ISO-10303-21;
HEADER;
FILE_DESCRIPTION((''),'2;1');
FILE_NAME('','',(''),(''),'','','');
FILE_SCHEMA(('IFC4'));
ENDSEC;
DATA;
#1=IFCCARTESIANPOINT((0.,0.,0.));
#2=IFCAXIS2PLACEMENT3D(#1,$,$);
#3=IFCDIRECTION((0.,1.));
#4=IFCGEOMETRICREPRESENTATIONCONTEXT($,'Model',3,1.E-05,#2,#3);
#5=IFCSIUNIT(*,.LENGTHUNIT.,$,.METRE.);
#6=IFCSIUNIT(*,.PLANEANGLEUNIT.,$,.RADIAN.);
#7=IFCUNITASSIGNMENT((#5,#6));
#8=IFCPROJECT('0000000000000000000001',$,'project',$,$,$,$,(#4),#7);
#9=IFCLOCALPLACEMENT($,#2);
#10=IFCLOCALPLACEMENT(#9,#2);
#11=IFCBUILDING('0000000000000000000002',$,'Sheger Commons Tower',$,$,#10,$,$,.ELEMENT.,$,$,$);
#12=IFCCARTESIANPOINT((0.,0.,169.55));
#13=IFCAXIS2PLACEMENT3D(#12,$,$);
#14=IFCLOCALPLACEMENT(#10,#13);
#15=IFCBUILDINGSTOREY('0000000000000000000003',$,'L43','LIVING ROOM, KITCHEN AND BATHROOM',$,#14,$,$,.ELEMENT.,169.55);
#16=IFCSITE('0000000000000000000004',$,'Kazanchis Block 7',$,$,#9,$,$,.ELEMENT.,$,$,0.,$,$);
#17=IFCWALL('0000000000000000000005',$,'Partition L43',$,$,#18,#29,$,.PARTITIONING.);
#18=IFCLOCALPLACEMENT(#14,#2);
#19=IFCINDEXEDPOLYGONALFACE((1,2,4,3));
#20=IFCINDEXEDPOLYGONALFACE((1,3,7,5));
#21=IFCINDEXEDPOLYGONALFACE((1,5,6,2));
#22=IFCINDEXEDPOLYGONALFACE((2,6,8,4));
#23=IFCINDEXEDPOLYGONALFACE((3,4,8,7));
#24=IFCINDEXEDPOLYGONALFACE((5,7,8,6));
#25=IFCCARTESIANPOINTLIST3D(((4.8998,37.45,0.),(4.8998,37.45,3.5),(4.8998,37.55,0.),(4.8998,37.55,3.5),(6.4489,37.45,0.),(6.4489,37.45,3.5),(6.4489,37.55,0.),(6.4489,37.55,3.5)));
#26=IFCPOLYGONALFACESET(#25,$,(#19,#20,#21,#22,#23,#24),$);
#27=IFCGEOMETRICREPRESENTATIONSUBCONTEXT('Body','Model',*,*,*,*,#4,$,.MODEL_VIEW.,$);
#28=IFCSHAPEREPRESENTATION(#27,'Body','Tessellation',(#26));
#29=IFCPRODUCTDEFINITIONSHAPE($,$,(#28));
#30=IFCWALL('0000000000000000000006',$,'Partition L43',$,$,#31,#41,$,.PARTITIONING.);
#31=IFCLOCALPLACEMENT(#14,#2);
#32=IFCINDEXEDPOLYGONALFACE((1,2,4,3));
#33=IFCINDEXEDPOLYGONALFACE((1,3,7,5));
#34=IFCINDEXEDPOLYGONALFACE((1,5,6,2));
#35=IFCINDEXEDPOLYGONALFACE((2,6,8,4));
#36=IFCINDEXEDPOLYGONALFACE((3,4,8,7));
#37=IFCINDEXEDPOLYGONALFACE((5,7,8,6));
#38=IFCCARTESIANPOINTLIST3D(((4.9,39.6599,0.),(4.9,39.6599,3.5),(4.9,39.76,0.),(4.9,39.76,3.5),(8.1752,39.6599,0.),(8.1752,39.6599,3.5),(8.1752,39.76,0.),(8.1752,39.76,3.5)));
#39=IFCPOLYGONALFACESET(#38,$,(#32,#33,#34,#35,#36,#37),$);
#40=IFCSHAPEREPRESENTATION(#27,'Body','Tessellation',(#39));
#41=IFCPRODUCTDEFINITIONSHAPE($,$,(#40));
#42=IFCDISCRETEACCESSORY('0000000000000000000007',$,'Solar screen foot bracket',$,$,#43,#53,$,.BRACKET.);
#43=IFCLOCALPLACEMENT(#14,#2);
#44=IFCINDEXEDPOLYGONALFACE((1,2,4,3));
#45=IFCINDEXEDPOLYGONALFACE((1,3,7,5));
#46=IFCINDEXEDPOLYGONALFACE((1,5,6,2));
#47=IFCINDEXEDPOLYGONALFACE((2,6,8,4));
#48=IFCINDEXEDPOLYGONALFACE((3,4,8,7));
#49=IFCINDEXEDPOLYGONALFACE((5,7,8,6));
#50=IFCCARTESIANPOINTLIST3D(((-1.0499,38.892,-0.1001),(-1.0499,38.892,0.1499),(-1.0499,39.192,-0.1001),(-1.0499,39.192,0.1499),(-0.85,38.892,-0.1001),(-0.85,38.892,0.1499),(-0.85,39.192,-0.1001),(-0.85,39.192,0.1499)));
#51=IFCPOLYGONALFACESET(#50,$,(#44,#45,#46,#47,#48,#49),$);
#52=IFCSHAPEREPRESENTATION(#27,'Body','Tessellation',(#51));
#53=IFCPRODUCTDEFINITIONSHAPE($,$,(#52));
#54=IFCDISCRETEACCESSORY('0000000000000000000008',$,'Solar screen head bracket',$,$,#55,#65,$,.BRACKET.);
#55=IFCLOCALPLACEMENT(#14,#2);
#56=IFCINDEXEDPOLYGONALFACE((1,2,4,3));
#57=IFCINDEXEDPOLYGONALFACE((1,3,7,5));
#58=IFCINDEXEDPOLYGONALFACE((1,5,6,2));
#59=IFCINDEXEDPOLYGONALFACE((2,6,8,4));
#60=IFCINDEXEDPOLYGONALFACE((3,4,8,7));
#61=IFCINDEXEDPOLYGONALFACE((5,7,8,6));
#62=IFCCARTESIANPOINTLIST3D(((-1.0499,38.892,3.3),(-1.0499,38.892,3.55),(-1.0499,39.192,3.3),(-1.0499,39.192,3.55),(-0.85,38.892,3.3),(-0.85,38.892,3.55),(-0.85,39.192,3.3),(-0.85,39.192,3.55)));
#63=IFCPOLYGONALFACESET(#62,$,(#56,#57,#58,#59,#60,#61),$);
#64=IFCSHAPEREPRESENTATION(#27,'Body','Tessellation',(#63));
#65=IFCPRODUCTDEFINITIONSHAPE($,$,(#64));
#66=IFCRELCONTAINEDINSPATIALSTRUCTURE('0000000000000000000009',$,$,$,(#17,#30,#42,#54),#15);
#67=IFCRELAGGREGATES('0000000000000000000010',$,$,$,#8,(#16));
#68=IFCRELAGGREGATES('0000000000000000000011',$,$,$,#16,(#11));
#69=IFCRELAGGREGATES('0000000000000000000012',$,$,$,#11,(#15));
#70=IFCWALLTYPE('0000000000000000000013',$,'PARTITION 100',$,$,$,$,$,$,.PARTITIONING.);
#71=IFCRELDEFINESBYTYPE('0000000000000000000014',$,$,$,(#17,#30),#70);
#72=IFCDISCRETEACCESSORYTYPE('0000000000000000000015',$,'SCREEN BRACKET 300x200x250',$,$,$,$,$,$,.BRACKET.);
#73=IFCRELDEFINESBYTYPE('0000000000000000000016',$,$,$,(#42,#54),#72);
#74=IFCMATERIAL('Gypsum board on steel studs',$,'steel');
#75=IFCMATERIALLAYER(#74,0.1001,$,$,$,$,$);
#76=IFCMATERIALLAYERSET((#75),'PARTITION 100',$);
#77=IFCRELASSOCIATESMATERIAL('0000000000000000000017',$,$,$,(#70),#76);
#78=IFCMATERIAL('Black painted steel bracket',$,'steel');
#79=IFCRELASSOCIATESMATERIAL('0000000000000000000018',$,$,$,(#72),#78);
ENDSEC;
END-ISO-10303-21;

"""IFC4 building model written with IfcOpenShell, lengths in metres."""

from ifc_helpers import new_model, si_unit, direction, frame, frame_2d, origin, origin_2d, place, context, subcontext, project, spatial, rectangle, extrude, material, layer, layer_set, type_object, element, save


model = new_model("IFC4")

# Units and contexts
model_context = context("Model", 3, precision=1e-05, world=origin(), true_north=direction((0.0, 1.0)))
body_context = subcontext(model_context, "Body", "Model", "MODEL_VIEW")
ifc_project = project(units=[si_unit("LENGTHUNIT", "METRE"), si_unit("PLANEANGLEUNIT", "RADIAN")], contexts=[model_context])

# Site, building, storey
site_placement = place(None, origin())
site = spatial("IfcSite", under=ifc_project, at=site_placement, Name="Kazanchis Block 7", CompositionType="ELEMENT", RefElevation=0.0)
building_placement = place(site_placement, origin())
building = spatial("IfcBuilding", under=site, at=building_placement, Name="Sheger Commons Tower", CompositionType="ELEMENT")
storey_placement = place(building_placement, frame((0.0, 0.0, 169.55)))
storey = spatial("IfcBuildingStorey", under=building, at=storey_placement, Name="L43", Description="LIVING ROOM, KITCHEN AND BATHROOM", CompositionType="ELEMENT", Elevation=169.55)

# Shared definitions
ifc_material_1 = material(Name="Gypsum board on steel studs", Category="steel")
ifc_layer_1 = layer(ifc_material_1, 0.1001)
ifc_layer_set_1 = layer_set([ifc_layer_1], Name="PARTITION 100")
wall_type_1 = type_object("IfcWallType", Name="PARTITION 100", PredefinedType="PARTITIONING", material=ifc_layer_set_1)

# Walls
wall_1_placement = place(storey_placement, frame((4.8999, 37.5, 0.0), z_axis=(0.0, 0.0, 1.0), x_axis=(1.0, 0.0, 0.0)))
element("IfcWall", 1, at=wall_1_placement, inside=storey, type_object=wall_type_1, Name="Partition L43", PredefinedType="PARTITIONING", context=body_context, shape_type="SweptSolid", body=[
    extrude(rectangle(XDim=1.5491, YDim=0.1001, at=frame_2d((0.7744, 0.0))), origin(), (0.0, 0.0, 1.0), 3.5),
])
wall_2_placement = place(storey_placement, frame((4.8999, 39.71, 0.0), z_axis=(0.0, 0.0, 1.0), x_axis=(1.0, 0.0, 0.0)))
element("IfcWall", 2, at=wall_2_placement, inside=storey, type_object=wall_type_1, Name="Partition L43", PredefinedType="PARTITIONING", context=body_context, shape_type="SweptSolid", body=[
    extrude(rectangle(XDim=3.2751, YDim=0.1001, at=frame_2d((1.6377, 0.0))), origin(), (0.0, 0.0, 1.0), 3.5),
])

# Discrete accessories
ifc_material_2 = material(Name="Black painted steel bracket", Category="steel")
discrete_accessory_type = type_object("IfcDiscreteAccessoryType", Name="SCREEN BRACKET 300x200x250", PredefinedType="BRACKET", material=ifc_material_2)
for number, where, z_axis, x_axis, name in (
    (3, (-0.95, 39.042, -0.1001), (0.0, 0.0, 1.0), (0.0, -1.0, 0.0), "Solar screen foot bracket"),
    (4, (-0.95, 39.042, 3.3), (0.0, 0.0, 1.0), (0.0, -1.0, 0.0), "Solar screen head bracket"),
):
    element("IfcDiscreteAccessory", number, at=place(storey_placement, frame(where, z_axis=z_axis, x_axis=x_axis)), inside=storey, type_object=discrete_accessory_type, Name=name, PredefinedType="BRACKET", context=body_context, shape_type="SweptSolid", body=[
        extrude(rectangle(XDim=0.3, YDim=0.2, at=origin_2d()), origin(), (0.0, 0.0, 1.0), 0.25),
    ])

save(model, "model.ifc")
